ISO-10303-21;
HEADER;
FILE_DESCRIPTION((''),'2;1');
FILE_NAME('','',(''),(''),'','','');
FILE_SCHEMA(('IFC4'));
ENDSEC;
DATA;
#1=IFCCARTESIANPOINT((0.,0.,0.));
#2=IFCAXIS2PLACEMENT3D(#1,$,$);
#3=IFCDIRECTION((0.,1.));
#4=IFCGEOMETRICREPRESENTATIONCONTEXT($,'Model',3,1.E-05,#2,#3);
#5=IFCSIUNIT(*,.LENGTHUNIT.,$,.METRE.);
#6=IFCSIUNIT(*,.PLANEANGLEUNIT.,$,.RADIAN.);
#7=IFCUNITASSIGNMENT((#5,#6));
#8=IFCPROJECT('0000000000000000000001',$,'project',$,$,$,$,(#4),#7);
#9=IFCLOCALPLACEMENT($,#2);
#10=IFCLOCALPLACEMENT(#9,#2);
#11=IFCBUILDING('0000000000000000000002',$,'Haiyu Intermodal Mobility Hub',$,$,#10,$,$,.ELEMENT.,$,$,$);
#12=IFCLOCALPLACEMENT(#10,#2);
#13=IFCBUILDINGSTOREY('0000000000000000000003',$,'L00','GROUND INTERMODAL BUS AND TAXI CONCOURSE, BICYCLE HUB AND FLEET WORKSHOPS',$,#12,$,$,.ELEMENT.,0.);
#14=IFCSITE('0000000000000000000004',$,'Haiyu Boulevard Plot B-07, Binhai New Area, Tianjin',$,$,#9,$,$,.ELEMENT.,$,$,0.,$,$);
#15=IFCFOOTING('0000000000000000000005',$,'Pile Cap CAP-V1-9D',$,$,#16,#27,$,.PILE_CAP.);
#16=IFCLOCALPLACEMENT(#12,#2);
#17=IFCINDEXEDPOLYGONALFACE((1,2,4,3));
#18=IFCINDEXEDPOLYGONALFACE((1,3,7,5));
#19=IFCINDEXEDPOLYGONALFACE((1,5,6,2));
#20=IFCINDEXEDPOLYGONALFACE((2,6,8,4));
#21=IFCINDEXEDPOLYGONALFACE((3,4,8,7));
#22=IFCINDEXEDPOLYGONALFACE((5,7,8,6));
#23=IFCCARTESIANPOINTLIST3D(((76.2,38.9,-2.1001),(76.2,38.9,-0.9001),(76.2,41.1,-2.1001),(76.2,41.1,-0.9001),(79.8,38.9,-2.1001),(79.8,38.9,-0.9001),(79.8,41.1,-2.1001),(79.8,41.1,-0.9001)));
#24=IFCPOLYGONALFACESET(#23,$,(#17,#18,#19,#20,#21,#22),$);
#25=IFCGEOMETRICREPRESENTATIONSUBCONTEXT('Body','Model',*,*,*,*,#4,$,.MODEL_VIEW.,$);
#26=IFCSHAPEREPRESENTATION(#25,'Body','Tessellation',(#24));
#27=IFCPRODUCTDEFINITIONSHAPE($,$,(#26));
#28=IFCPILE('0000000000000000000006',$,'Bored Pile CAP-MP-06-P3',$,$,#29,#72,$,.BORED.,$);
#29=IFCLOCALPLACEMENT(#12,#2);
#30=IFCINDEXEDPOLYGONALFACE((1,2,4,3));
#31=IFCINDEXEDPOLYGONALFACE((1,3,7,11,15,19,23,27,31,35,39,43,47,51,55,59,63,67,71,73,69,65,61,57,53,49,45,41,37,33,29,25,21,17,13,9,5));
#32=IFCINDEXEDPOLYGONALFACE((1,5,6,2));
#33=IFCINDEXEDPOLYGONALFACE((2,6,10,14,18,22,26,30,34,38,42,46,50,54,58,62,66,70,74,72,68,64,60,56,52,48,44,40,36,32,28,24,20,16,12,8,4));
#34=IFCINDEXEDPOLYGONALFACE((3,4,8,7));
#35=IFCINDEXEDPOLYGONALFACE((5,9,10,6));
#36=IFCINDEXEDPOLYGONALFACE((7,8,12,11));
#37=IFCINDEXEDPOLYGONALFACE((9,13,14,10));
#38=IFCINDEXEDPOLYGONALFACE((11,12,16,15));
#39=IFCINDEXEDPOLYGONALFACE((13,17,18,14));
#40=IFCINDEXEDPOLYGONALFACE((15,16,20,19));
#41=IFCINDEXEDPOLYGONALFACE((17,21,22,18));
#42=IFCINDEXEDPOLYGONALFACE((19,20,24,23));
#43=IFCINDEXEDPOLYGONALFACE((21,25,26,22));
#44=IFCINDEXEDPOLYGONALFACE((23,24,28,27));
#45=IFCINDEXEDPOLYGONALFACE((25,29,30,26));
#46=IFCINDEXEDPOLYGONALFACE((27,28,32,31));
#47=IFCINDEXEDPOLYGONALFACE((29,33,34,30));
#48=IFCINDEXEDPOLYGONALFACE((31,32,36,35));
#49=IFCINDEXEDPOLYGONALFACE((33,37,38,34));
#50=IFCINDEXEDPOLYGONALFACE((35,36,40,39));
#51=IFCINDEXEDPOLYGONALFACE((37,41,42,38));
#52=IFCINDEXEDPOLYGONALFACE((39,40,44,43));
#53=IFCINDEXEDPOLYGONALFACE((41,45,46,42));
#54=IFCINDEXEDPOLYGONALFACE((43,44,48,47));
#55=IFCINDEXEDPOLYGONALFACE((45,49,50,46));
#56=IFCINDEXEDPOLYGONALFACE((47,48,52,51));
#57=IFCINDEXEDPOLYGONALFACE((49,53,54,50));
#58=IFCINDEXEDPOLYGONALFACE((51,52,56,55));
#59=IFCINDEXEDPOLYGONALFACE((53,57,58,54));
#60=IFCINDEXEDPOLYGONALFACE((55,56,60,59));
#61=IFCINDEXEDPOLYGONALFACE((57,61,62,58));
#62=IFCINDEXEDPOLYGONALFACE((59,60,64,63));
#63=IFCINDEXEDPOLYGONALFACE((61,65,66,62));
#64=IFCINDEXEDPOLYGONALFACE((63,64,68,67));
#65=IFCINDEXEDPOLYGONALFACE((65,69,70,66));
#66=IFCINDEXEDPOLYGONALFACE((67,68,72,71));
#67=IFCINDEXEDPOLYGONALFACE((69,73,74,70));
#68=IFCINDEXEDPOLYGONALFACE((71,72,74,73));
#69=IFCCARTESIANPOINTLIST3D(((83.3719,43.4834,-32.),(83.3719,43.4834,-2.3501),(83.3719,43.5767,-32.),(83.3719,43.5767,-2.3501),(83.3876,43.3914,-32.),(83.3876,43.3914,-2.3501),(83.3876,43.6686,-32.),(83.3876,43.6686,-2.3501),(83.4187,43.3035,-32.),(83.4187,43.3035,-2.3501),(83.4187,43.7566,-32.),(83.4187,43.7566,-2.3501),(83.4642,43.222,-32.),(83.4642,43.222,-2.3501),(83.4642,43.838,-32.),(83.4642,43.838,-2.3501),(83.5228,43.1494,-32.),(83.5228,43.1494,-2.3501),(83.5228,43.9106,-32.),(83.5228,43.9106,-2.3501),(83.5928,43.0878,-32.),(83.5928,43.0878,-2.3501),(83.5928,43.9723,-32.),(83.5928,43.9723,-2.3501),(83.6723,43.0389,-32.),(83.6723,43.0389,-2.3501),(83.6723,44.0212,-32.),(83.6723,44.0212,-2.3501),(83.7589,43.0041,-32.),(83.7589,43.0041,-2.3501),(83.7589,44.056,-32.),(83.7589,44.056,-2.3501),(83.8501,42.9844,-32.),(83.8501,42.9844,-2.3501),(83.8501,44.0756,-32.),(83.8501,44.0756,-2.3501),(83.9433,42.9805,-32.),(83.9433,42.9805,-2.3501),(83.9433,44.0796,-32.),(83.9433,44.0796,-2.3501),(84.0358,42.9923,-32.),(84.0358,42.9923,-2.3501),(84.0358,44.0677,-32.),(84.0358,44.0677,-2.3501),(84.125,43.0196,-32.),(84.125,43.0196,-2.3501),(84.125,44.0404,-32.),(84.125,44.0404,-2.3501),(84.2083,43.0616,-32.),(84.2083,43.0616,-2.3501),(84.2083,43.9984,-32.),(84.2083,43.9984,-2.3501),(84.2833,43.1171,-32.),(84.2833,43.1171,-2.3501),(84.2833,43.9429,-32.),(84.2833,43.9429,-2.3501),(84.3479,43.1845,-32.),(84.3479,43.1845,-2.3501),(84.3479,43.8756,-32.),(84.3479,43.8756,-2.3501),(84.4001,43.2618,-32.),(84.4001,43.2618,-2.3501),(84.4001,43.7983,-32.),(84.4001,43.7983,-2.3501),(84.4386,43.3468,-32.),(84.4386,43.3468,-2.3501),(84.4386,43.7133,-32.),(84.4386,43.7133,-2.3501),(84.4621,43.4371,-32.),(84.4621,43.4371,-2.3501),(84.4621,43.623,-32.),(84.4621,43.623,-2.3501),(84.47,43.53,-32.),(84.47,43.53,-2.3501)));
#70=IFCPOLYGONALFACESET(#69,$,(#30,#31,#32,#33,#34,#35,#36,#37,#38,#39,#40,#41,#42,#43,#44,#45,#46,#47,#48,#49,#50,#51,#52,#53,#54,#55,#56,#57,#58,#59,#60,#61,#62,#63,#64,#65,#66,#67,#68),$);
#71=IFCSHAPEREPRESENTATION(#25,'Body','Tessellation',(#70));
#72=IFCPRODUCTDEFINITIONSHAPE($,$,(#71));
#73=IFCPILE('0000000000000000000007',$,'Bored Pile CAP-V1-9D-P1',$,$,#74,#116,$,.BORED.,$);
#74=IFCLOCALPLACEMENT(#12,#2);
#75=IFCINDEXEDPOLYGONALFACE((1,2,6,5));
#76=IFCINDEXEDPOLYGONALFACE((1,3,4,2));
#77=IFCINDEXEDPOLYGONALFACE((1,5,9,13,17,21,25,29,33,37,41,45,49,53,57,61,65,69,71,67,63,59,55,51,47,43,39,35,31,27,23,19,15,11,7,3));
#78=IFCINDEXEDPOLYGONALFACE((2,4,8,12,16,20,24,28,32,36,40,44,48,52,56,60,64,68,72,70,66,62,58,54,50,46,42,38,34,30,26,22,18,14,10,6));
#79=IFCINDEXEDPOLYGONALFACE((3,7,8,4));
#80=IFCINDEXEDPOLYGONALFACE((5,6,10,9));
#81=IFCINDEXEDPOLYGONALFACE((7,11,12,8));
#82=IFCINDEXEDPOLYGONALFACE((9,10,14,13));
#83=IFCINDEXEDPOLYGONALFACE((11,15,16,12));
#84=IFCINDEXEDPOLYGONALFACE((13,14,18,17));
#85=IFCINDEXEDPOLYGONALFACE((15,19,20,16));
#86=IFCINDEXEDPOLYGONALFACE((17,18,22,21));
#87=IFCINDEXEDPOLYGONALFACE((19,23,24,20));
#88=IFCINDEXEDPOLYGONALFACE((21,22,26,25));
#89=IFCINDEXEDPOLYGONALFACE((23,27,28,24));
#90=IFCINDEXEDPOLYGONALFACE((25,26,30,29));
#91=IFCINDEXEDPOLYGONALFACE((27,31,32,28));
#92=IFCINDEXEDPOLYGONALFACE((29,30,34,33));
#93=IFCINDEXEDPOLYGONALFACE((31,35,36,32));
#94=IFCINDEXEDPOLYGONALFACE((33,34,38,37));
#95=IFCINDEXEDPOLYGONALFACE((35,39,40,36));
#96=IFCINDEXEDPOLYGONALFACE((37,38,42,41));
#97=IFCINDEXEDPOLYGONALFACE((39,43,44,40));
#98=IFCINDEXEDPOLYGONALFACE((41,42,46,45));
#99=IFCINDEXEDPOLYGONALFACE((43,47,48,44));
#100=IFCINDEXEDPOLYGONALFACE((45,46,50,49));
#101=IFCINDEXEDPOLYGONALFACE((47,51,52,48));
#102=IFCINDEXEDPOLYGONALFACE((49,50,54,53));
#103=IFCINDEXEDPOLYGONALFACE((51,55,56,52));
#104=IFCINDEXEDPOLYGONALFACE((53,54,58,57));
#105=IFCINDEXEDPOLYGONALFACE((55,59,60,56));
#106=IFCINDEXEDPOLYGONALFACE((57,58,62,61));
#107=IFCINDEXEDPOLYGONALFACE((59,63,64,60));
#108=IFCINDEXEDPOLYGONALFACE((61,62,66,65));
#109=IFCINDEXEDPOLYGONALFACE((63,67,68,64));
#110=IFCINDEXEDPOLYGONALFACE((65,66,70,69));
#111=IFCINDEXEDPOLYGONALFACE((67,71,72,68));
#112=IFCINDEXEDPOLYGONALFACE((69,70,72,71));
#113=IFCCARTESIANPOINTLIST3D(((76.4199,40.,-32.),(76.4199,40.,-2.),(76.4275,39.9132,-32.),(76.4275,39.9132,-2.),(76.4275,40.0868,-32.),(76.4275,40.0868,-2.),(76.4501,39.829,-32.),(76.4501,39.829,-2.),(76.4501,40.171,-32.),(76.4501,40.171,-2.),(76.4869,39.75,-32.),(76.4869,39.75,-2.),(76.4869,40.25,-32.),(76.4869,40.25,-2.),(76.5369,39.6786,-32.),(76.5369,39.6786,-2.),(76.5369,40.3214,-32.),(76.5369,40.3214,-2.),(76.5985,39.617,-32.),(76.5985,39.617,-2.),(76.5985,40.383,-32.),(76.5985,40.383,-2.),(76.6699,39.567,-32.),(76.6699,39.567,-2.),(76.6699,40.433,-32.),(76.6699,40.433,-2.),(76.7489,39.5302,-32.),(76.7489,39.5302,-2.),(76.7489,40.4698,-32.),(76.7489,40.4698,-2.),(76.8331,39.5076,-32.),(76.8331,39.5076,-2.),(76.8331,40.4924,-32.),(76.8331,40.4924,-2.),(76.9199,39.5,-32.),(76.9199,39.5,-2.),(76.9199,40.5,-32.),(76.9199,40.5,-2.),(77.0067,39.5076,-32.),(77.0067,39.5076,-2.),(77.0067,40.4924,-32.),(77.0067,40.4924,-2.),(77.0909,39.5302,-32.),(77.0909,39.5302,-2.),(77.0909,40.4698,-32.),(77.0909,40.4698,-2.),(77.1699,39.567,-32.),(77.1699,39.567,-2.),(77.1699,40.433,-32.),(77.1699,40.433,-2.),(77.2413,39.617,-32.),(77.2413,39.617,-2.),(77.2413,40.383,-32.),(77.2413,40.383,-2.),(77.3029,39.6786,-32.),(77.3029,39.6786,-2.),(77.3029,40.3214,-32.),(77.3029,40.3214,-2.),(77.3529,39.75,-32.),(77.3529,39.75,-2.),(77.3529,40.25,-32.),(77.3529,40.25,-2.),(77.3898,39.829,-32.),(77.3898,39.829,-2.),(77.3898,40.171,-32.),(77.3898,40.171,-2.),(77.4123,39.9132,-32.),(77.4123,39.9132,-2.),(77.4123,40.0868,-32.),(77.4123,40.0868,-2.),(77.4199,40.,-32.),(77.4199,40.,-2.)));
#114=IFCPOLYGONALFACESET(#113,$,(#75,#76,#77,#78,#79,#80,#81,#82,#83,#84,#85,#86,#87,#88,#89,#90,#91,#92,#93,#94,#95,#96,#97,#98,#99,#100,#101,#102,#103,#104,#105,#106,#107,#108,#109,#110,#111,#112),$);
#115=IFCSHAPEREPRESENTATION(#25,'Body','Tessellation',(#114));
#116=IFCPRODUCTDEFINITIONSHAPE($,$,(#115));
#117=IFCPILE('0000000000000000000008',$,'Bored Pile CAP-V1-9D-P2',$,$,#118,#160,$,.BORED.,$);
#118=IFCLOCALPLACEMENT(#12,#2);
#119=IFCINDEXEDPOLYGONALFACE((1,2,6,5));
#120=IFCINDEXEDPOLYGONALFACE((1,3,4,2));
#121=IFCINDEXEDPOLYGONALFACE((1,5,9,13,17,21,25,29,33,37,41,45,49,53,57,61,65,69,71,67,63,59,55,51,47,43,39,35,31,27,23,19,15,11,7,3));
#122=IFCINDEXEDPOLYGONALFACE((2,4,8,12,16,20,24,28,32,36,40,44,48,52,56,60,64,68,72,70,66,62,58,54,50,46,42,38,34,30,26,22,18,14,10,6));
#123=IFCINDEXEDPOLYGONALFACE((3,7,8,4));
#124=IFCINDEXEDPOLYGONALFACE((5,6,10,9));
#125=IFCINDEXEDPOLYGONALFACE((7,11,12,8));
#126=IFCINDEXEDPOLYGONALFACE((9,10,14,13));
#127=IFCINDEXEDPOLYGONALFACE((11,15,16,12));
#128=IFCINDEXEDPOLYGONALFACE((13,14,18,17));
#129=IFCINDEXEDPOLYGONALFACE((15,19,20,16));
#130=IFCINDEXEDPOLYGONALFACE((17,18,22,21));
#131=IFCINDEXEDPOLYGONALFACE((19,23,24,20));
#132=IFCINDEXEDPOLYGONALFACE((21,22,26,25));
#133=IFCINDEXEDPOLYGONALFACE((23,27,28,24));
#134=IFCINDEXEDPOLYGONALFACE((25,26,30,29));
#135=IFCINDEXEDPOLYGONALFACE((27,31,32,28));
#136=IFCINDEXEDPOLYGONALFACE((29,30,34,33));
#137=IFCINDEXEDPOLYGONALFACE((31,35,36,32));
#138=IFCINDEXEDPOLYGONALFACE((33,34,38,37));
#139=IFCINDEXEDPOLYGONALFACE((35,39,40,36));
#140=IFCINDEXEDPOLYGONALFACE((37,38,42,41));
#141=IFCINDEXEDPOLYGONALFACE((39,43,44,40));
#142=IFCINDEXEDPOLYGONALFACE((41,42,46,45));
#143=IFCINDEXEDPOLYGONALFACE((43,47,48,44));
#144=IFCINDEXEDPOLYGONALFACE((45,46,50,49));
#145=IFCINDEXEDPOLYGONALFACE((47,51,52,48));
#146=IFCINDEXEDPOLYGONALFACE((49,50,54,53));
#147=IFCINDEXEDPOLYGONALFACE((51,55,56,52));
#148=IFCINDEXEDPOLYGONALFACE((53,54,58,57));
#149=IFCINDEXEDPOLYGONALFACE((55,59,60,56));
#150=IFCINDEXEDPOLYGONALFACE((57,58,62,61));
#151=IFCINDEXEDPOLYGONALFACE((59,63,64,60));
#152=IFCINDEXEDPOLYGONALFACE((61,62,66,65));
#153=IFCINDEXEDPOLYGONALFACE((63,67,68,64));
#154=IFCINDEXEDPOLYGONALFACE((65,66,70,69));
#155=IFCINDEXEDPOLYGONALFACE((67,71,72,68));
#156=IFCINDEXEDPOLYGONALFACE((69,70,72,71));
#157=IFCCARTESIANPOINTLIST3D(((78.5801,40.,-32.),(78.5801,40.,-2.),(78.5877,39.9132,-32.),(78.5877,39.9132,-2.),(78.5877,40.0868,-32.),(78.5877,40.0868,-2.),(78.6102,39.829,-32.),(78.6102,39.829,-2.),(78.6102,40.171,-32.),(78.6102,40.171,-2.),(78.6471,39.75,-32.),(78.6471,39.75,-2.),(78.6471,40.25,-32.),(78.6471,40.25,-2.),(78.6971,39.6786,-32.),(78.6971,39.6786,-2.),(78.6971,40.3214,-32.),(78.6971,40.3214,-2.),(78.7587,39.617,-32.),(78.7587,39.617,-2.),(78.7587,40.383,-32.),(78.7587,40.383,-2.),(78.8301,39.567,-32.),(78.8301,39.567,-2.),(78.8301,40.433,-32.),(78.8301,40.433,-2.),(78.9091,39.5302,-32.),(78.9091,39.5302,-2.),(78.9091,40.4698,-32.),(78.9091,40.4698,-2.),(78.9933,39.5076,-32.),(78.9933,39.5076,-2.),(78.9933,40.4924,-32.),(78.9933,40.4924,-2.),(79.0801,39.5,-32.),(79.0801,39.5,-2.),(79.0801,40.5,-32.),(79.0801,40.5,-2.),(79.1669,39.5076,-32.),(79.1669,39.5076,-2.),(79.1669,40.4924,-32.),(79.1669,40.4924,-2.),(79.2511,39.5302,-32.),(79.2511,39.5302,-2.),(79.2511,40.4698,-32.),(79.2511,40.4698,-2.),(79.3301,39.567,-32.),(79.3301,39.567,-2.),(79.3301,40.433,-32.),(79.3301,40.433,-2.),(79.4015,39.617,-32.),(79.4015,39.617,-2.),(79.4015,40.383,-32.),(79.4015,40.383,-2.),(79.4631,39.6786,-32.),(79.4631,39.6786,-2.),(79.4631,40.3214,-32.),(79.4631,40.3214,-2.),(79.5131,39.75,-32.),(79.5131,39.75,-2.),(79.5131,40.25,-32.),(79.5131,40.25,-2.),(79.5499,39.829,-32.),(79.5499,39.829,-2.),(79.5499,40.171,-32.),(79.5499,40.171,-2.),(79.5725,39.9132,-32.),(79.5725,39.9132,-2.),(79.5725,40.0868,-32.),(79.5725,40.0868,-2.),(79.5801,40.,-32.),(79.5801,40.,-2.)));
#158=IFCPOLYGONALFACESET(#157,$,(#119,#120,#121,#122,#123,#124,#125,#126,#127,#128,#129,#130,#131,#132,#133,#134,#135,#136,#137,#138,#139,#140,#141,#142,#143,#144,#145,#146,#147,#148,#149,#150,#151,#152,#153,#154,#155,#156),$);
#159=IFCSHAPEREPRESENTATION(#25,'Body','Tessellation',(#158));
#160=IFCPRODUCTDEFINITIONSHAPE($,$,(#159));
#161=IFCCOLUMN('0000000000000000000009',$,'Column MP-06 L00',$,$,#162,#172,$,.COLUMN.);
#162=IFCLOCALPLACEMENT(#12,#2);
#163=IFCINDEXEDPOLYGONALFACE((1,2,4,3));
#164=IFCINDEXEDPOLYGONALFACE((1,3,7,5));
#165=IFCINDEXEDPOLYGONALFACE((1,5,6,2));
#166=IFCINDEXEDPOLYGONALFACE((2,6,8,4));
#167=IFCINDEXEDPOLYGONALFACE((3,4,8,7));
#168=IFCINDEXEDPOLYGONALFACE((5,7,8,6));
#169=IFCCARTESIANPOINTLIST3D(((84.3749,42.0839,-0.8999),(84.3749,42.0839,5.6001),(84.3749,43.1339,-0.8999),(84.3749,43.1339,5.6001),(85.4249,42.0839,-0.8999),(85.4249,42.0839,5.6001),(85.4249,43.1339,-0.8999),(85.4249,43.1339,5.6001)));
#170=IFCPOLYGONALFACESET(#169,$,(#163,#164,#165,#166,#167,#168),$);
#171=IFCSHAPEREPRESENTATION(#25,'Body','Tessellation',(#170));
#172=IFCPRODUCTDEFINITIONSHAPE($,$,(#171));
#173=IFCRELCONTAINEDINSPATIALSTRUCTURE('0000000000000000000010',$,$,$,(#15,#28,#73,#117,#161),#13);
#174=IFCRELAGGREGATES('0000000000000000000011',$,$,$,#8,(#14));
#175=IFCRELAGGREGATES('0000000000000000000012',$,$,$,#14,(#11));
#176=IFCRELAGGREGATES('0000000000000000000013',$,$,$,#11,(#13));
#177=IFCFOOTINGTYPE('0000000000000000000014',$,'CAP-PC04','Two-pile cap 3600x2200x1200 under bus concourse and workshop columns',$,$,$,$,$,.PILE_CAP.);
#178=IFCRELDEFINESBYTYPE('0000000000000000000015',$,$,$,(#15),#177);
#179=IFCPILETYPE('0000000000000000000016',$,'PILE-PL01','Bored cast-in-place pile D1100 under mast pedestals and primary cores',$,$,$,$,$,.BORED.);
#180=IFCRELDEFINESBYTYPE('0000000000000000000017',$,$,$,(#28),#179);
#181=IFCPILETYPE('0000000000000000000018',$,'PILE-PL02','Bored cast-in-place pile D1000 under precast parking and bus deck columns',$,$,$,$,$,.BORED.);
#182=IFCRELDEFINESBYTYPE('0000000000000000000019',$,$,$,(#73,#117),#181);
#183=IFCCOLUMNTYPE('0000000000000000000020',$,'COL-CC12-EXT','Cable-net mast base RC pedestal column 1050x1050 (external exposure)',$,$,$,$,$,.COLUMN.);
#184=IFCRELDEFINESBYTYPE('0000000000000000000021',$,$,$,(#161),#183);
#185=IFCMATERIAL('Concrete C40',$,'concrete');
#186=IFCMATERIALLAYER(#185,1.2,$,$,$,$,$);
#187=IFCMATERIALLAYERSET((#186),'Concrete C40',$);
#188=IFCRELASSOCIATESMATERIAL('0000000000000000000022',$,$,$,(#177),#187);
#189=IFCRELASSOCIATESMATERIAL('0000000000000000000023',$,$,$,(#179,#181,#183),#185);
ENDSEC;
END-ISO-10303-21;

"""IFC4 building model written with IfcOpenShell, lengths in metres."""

from ifc_helpers import new_model, si_unit, direction, frame, origin, origin_2d, place, context, subcontext, project, spatial, rectangle, circle, extrude, material, layer, layer_set, material_profile, profile_set, type_object, element, save


model = new_model("IFC4")

# Units and contexts
model_context = context("Model", 3, precision=1e-05, world=origin(), true_north=direction((0.0, 1.0)))
body_context = subcontext(model_context, "Body", "Model", "MODEL_VIEW")
ifc_project = project(units=[si_unit("LENGTHUNIT", "METRE"), si_unit("PLANEANGLEUNIT", "RADIAN")], contexts=[model_context])

# Site, building, storey
site_placement = place(None, origin())
site = spatial("IfcSite", under=ifc_project, at=site_placement, Name="Haiyu Boulevard Plot B-07, Binhai New Area, Tianjin", CompositionType="ELEMENT", RefElevation=0.0)
building_placement = place(site_placement, origin())
building = spatial("IfcBuilding", under=site, at=building_placement, Name="Haiyu Intermodal Mobility Hub", CompositionType="ELEMENT")
storey_placement = place(building_placement, origin())
storey = spatial("IfcBuildingStorey", under=building, at=storey_placement, Name="L00", Description="GROUND INTERMODAL BUS AND TAXI CONCOURSE, BICYCLE HUB AND FLEET WORKSHOPS", CompositionType="ELEMENT", Elevation=0.0)

# Footing
ifc_material_1 = material(Name="Concrete C40", Category="concrete")
ifc_layer_1 = layer(ifc_material_1, 1.2)
ifc_layer_set_1 = layer_set([ifc_layer_1], Name="Concrete C40")
footing_type = type_object("IfcFootingType", Name="CAP-PC04", Description="Two-pile cap 3600x2200x1200 under bus concourse and workshop columns", PredefinedType="PILE_CAP", material=ifc_layer_set_1)
footing_placement = place(storey_placement, frame((78.0, 40.0, -2.1001), z_axis=(0.0, 0.0, 1.0), x_axis=(1.0, 0.0, 0.0)))
element("IfcFooting", 1, at=footing_placement, inside=storey, type_object=footing_type, Name="Pile Cap CAP-V1-9D", PredefinedType="PILE_CAP", context=body_context, shape_type="SweptSolid", body=[
    extrude(rectangle(XDim=3.6001, YDim=2.2, at=origin_2d()), origin(), (0.0, 0.0, 1.0), 1.2),
])

# Piles
ifc_material_profile_1 = material_profile(ifc_material_1, circle(Radius=0.55, at=origin_2d()), Name="PILE-D1100")
ifc_profile_set_1 = profile_set([ifc_material_profile_1], Name="Concrete C40")
pile_type_1 = type_object("IfcPileType", Name="PILE-PL01", Description="Bored cast-in-place pile D1100 under mast pedestals and primary cores", PredefinedType="BORED", material=ifc_profile_set_1)
pile_placement = place(storey_placement, frame((83.9199, 43.53, -2.3501), z_axis=(0.0, 0.0, -1.0), x_axis=(1.0, 0.0, 0.0)))
element("IfcPile", 2, at=pile_placement, inside=storey, type_object=pile_type_1, Name="Bored Pile CAP-MP-06-P3", PredefinedType="BORED", context=body_context, shape_type="SweptSolid", body=[
    extrude(circle(Radius=0.55, at=origin_2d()), origin(), (0.0, 0.0, 1.0), 29.6499),
])
ifc_material_profile_2 = material_profile(ifc_material_1, circle(Radius=0.5, at=origin_2d()), Name="PILE-D1000")
ifc_profile_set_2 = profile_set([ifc_material_profile_2], Name="Concrete C40")
pile_type_2 = type_object("IfcPileType", Name="PILE-PL02", Description="Bored cast-in-place pile D1000 under precast parking and bus deck columns", PredefinedType="BORED", material=ifc_profile_set_2)
for number, where, z_axis, x_axis, name in (
    (3, (76.9199, 40.0, -2.0), (0.0, 0.0, -1.0), (1.0, 0.0, 0.0), "Bored Pile CAP-V1-9D-P1"),
    (4, (79.0801, 40.0, -2.0), (0.0, 0.0, -1.0), (1.0, 0.0, 0.0), "Bored Pile CAP-V1-9D-P2"),
):
    element("IfcPile", number, at=place(storey_placement, frame(where, z_axis=z_axis, x_axis=x_axis)), inside=storey, type_object=pile_type_2, Name=name, PredefinedType="BORED", context=body_context, shape_type="SweptSolid", body=[
        extrude(circle(Radius=0.5, at=origin_2d()), origin(), (0.0, 0.0, 1.0), 30.0),
    ])

# Column
ifc_material_profile_3 = material_profile(ifc_material_1, rectangle(XDim=1.05, YDim=1.05, at=origin_2d()), Name="RC1050x1050")
ifc_profile_set_3 = profile_set([ifc_material_profile_3], Name="Concrete C40")
column_type_1 = type_object("IfcColumnType", Name="COL-CC12-EXT", Description="Cable-net mast base RC pedestal column 1050x1050 (external exposure)", PredefinedType="COLUMN", material=ifc_profile_set_3)
column_1_placement = place(storey_placement, frame((84.8999, 42.6089, -0.8999), z_axis=(0.0, 0.0, 1.0), x_axis=(1.0, 0.0, 0.0)))
element("IfcColumn", 5, at=column_1_placement, inside=storey, type_object=column_type_1, Name="Column MP-06 L00", PredefinedType="COLUMN", context=body_context, shape_type="SweptSolid", body=[
    extrude(rectangle(XDim=1.05, YDim=1.05, at=origin_2d()), origin(), (0.0, 0.0, 1.0), 6.5),
])

save(model, "model.ifc")
